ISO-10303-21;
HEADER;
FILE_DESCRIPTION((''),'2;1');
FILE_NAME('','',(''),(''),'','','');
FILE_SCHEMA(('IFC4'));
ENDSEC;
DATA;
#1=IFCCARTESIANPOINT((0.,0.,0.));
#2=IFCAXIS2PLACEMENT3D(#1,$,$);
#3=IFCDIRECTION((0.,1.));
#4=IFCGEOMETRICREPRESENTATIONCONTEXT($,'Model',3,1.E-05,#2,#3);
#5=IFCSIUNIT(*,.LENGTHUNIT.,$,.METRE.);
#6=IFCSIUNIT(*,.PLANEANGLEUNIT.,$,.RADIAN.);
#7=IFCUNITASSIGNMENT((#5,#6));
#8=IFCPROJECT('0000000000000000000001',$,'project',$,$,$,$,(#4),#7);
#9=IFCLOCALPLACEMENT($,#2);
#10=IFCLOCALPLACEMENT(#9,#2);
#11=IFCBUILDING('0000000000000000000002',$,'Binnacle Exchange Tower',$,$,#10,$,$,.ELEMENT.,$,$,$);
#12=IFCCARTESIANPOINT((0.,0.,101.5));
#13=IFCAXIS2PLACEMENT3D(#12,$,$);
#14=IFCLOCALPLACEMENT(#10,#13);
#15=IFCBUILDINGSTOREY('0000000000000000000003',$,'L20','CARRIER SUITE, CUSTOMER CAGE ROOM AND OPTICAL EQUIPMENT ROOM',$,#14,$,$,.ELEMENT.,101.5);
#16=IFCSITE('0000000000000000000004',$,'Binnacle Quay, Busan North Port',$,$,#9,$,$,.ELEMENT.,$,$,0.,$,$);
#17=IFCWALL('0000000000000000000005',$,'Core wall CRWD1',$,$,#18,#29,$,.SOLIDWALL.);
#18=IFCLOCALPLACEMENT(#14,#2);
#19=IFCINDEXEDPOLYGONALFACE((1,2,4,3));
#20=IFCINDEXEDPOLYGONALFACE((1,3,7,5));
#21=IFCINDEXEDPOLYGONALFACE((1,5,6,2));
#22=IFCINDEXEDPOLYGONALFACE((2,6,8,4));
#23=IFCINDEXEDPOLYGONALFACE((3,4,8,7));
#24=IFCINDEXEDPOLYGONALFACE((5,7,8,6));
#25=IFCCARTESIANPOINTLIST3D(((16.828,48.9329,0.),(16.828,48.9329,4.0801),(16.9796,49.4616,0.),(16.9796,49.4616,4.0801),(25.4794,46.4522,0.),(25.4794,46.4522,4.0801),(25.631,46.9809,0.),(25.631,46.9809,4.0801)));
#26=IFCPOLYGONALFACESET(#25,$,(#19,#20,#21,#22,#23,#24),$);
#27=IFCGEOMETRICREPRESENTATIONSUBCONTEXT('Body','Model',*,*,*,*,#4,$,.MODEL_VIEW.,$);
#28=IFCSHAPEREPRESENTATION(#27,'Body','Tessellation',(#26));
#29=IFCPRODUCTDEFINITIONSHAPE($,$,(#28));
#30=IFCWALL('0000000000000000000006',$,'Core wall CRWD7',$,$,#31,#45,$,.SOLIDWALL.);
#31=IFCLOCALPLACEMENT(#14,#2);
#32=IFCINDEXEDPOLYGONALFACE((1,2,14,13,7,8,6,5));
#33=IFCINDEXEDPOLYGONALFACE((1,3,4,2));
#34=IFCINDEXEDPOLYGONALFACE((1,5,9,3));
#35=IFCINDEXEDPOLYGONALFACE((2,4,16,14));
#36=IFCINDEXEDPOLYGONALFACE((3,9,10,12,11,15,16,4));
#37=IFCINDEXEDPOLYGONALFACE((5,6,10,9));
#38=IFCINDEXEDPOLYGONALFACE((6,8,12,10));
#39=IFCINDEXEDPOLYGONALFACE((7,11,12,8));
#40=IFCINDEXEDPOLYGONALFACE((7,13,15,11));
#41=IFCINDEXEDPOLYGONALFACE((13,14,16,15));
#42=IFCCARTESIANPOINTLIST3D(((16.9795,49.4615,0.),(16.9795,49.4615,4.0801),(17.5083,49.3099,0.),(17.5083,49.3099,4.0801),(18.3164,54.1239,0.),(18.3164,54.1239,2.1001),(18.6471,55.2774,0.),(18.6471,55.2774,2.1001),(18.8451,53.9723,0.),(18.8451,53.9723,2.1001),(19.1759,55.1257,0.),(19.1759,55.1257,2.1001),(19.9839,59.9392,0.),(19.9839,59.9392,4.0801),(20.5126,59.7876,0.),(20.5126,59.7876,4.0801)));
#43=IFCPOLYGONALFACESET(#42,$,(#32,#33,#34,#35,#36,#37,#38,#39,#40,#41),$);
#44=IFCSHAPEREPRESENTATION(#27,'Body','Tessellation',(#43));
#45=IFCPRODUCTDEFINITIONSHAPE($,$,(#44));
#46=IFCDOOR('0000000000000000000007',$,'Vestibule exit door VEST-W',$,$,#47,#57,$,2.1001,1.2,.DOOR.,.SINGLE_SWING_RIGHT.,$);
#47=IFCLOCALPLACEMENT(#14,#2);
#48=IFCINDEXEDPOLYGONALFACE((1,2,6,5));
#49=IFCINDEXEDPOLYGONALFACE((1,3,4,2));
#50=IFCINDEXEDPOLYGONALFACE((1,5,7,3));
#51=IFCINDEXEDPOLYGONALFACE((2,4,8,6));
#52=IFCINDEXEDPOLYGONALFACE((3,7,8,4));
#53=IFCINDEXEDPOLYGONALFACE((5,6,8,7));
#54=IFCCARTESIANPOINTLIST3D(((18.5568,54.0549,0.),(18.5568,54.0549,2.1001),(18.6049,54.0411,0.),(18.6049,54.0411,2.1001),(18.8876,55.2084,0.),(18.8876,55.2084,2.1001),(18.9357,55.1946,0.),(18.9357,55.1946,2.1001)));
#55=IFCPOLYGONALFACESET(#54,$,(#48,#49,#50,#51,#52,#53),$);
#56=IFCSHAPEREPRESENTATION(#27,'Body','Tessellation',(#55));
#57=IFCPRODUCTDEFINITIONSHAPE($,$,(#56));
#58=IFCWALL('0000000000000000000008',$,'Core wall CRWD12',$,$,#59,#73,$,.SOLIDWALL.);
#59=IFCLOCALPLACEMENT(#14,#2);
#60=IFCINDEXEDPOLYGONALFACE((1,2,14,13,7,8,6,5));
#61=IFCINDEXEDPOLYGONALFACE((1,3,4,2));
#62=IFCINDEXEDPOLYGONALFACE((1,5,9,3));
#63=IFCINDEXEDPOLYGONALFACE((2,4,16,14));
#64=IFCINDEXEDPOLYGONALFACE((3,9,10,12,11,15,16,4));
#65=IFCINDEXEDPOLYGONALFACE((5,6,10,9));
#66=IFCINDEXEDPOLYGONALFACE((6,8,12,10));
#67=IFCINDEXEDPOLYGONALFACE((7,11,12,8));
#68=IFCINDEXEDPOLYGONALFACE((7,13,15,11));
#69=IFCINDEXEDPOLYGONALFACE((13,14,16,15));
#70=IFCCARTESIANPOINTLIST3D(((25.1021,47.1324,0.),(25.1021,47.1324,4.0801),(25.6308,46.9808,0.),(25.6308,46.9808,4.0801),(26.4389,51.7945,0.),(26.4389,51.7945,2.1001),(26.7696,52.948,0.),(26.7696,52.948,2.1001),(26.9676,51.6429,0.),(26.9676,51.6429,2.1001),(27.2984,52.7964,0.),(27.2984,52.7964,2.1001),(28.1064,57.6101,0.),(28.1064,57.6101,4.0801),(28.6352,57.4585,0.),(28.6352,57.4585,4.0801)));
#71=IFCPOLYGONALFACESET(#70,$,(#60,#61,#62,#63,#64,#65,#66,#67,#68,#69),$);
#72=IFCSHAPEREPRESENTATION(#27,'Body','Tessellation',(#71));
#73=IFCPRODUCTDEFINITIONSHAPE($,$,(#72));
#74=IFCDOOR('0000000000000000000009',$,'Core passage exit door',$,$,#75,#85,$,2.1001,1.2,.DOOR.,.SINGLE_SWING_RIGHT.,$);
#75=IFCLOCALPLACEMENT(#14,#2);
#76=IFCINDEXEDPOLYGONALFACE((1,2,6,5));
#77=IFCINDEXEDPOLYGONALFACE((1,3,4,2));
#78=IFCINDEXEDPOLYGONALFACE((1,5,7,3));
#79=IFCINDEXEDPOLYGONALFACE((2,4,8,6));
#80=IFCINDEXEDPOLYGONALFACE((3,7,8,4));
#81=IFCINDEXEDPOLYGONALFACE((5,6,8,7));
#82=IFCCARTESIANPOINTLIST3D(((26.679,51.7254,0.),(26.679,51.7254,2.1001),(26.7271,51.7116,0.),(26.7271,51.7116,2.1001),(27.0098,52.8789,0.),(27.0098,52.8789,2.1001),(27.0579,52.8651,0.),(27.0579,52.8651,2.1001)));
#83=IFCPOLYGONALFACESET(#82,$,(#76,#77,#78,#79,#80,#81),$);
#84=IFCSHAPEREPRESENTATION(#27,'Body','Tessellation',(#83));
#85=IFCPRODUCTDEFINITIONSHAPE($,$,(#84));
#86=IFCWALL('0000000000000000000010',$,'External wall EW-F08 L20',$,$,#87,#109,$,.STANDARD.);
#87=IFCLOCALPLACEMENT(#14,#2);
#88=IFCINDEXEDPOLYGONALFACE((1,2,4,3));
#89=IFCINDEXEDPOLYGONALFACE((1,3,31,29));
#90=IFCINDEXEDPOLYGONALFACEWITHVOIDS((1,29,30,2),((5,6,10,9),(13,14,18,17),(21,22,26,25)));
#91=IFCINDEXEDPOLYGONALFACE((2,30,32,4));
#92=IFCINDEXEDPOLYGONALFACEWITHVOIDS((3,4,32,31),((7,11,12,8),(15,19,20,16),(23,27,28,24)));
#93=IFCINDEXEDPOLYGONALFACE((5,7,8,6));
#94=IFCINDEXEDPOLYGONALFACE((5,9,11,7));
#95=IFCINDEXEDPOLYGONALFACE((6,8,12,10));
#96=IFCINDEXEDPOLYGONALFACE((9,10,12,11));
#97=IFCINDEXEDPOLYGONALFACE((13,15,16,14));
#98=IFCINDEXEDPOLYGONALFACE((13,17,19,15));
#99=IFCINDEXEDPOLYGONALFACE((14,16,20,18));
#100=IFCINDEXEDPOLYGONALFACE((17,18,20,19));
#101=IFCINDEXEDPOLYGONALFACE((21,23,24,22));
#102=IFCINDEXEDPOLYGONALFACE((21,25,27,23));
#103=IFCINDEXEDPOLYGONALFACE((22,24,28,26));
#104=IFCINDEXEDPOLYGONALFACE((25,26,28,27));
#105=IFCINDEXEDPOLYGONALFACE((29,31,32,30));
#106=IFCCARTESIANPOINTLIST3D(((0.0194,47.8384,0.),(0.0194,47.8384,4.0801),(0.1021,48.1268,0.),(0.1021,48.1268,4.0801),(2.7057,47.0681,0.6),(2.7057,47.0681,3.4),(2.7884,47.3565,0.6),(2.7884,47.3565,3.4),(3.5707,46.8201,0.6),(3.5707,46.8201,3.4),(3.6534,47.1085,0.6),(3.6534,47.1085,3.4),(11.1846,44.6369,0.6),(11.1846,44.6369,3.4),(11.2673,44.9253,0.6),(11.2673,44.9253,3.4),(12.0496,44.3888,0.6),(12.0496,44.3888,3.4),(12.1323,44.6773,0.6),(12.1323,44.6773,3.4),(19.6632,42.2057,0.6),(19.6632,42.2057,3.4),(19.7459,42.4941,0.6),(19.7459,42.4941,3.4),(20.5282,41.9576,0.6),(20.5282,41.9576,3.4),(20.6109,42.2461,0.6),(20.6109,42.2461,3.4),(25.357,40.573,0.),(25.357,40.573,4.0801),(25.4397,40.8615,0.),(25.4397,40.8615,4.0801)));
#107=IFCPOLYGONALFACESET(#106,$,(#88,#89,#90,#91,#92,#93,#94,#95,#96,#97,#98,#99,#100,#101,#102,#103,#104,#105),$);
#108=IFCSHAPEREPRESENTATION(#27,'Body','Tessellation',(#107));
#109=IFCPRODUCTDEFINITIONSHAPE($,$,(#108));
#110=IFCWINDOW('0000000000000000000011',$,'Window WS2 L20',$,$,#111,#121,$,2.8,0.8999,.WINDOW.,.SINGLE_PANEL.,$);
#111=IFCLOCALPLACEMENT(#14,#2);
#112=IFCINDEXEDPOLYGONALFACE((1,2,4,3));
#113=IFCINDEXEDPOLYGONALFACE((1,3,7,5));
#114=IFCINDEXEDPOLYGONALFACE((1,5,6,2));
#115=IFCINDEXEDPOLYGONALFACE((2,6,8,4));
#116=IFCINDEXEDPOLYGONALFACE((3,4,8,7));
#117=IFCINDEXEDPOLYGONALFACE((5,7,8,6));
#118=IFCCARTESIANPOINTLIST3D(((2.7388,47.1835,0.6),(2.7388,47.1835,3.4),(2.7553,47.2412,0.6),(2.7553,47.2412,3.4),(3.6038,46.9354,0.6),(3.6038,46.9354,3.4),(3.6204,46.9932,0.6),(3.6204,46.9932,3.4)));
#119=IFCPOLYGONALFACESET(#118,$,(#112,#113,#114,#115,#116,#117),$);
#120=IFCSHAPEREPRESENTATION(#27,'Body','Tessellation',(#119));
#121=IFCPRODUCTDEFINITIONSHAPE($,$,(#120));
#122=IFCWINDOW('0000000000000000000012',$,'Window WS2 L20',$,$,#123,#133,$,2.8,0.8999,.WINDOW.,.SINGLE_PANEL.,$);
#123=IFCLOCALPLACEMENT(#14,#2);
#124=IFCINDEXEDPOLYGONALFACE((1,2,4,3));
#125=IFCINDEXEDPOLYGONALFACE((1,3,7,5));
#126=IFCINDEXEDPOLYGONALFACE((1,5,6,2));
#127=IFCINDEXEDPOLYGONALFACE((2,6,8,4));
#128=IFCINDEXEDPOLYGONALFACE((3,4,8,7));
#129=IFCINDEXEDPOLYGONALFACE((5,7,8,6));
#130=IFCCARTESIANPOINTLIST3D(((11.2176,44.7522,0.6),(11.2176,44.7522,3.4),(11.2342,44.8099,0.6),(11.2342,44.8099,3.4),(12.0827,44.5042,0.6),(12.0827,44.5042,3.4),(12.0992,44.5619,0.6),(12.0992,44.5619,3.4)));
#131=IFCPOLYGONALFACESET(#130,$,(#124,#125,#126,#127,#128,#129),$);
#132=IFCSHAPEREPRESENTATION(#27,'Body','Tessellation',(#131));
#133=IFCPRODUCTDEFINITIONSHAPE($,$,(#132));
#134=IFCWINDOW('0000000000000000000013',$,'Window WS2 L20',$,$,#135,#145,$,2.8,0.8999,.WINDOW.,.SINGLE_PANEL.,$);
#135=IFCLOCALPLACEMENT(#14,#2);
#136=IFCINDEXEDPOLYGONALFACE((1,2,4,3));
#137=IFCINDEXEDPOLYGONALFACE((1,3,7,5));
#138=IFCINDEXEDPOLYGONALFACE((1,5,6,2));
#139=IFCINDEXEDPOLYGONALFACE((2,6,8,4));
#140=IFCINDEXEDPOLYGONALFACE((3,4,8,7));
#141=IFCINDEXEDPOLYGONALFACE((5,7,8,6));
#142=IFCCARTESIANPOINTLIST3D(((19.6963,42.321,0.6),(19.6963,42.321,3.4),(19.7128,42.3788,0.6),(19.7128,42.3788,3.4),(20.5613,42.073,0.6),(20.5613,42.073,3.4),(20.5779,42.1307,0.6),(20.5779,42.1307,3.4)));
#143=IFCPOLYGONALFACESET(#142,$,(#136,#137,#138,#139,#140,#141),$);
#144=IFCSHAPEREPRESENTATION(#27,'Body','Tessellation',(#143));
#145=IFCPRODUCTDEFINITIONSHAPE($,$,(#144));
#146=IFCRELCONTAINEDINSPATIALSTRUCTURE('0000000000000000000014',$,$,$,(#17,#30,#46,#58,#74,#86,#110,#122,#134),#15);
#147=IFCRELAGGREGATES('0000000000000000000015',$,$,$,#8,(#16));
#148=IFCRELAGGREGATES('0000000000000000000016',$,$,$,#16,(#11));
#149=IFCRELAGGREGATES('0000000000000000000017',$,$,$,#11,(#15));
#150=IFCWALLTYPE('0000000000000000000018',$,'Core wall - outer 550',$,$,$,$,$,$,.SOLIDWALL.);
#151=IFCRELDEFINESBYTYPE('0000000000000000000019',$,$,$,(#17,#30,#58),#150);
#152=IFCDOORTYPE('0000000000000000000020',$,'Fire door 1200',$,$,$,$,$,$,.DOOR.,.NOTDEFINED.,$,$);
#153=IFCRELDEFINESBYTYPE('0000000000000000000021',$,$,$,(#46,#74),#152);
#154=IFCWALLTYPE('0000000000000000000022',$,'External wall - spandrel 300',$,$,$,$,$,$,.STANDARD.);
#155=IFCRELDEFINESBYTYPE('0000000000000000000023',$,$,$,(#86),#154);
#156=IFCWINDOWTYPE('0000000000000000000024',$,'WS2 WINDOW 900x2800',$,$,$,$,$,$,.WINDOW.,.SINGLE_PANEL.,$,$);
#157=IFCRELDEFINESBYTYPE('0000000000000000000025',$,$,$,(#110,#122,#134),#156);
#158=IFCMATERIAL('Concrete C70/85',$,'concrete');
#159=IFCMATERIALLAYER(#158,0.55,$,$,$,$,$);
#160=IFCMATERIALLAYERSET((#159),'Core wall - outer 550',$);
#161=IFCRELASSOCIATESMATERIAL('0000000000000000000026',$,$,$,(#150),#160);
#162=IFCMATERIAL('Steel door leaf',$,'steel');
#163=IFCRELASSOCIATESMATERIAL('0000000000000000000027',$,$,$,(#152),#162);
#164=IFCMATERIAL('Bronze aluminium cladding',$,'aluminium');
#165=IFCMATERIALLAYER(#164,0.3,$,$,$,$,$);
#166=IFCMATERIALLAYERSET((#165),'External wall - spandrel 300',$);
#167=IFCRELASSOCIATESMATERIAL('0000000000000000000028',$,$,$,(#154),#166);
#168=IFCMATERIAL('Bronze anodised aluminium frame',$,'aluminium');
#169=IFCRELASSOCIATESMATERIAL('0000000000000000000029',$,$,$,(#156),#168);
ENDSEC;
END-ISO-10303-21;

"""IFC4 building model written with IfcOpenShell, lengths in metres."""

from ifc_helpers import new_model, si_unit, direction, frame, frame_2d, origin, place, context, subcontext, project, spatial, rectangle, extrude, material, layer, layer_set, type_object, element, fill, save


model = new_model("IFC4")

# Units and contexts
model_context = context("Model", 3, precision=1e-05, world=origin(), true_north=direction((0.0, 1.0)))
body_context = subcontext(model_context, "Body", "Model", "MODEL_VIEW")
ifc_project = project(units=[si_unit("LENGTHUNIT", "METRE"), si_unit("PLANEANGLEUNIT", "RADIAN")], contexts=[model_context])

# Site, building, storey
site_placement = place(None, origin())
site = spatial("IfcSite", under=ifc_project, at=site_placement, Name="Binnacle Quay, Busan North Port", CompositionType="ELEMENT", RefElevation=0.0)
building_placement = place(site_placement, origin())
building = spatial("IfcBuilding", under=site, at=building_placement, Name="Binnacle Exchange Tower", CompositionType="ELEMENT")
storey_placement = place(building_placement, frame((0.0, 0.0, 101.5)))
storey = spatial("IfcBuildingStorey", under=building, at=storey_placement, Name="L20", Description="CARRIER SUITE, CUSTOMER CAGE ROOM AND OPTICAL EQUIPMENT ROOM", CompositionType="ELEMENT", Elevation=101.5)

# Shared definitions
ifc_material_1 = material(Name="Concrete C70/85", Category="concrete")

# Wall
ifc_layer_1 = layer(ifc_material_1, 0.55)
ifc_layer_set_1 = layer_set([ifc_layer_1], Name="Core wall - outer 550")
wall_type_1 = type_object("IfcWallType", Name="Core wall - outer 550", PredefinedType="SOLIDWALL", material=ifc_layer_set_1)
wall_1_placement = place(storey_placement, frame((16.9038, 49.1973, 0.0), z_axis=(0.0, 0.0, 1.0), x_axis=(0.961262, -0.275635, 0.0)))
element("IfcWall", 1, at=wall_1_placement, inside=storey, type_object=wall_type_1, Name="Core wall CRWD1", PredefinedType="SOLIDWALL", context=body_context, shape_type="SweptSolid", body=[
    extrude(rectangle(XDim=9.0, YDim=0.55, at=frame_2d((4.5, 0.0))), origin(), (0.0, 0.0, 1.0), 4.0801),
])

# Walls, openings, doors
wall_2_placement = place(storey_placement, frame((17.2439, 49.3857, 0.0), z_axis=(0.0, 0.0, 1.0), x_axis=(0.275632, 0.961263, 0.0)))
wall_2 = element("IfcWall", 2, at=wall_2_placement, inside=storey, type_object=wall_type_1, Name="Core wall CRWD7", PredefinedType="SOLIDWALL", context=body_context, shape_type="SweptSolid", body=[
    extrude(rectangle(XDim=10.8999, YDim=0.55, at=frame_2d((5.45, 0.0))), origin(), (0.0, 0.0, 1.0), 4.0801),
])
opening_1_placement = place(wall_2_placement, frame((4.8501, 0.0, 0.0)))
opening_1 = element("IfcOpeningElement", 3, at=opening_1_placement, cuts=wall_2, PredefinedType="OPENING", context=body_context, shape_type="SweptSolid", body=[
    extrude(rectangle(XDim=1.2, YDim=2.1001, at=frame_2d((0.6001, 1.05))), frame((0.0, 0.2849, 0.0), z_axis=(0.0, -1.0, 0.0), x_axis=(1.0, 0.0, 0.0)), (0.0, 0.0, 1.0), 0.5701),
])
ifc_material_2 = material(Name="Steel door leaf", Category="steel")
door_type_1 = type_object("IfcDoorType", Name="Fire door 1200", OperationType="NOTDEFINED", PredefinedType="DOOR", material=ifc_material_2)
door_1_placement = place(opening_1_placement, origin())
door_1 = element("IfcDoor", 4, at=door_1_placement, inside=storey, type_object=door_type_1, Name="Vestibule exit door VEST-W", OperationType="SINGLE_SWING_RIGHT", OverallHeight=2.1001, OverallWidth=1.2, PredefinedType="DOOR", context=body_context, shape_type="SweptSolid", body=[
    extrude(rectangle(XDim=1.2, YDim=2.1001, at=frame_2d((0.6001, 1.05))), frame((0.0, 0.0249, 0.0), z_axis=(0.0, -1.0, 0.0), x_axis=(1.0, 0.0, 0.0)), (0.0, 0.0, 1.0), 0.05),
])
fill(opening_1, door_1)
wall_3_placement = place(storey_placement, frame((25.3665, 47.0566, 0.0), z_axis=(0.0, 0.0, 1.0), x_axis=(0.275632, 0.961263, 0.0)))
wall_3 = element("IfcWall", 5, at=wall_3_placement, inside=storey, type_object=wall_type_1, Name="Core wall CRWD12", PredefinedType="SOLIDWALL", context=body_context, shape_type="SweptSolid", body=[
    extrude(rectangle(XDim=10.8999, YDim=0.55, at=frame_2d((5.45, 0.0))), origin(), (0.0, 0.0, 1.0), 4.0801),
])
opening_2_placement = place(wall_3_placement, frame((4.8499, 0.0, 0.0)))
opening_2 = element("IfcOpeningElement", 6, at=opening_2_placement, cuts=wall_3, PredefinedType="OPENING", context=body_context, shape_type="SweptSolid", body=[
    extrude(rectangle(XDim=1.2, YDim=2.1001, at=frame_2d((0.6001, 1.05))), frame((0.0, 0.2849, 0.0), z_axis=(0.0, -1.0, 0.0), x_axis=(1.0, 0.0, 0.0)), (0.0, 0.0, 1.0), 0.5701),
])
door_2_placement = place(opening_2_placement, frame((1.2, 0.0, 0.0), z_axis=(0.0, 0.0, 1.0), x_axis=(-1.0, 0.0, 0.0)))
door_2 = element("IfcDoor", 7, at=door_2_placement, inside=storey, type_object=door_type_1, Name="Core passage exit door", OperationType="SINGLE_SWING_RIGHT", OverallHeight=2.1001, OverallWidth=1.2, PredefinedType="DOOR", context=body_context, shape_type="SweptSolid", body=[
    extrude(rectangle(XDim=1.2, YDim=2.1001, at=frame_2d((0.6001, 1.05))), frame((0.0, 0.0249, 0.0), z_axis=(0.0, -1.0, 0.0), x_axis=(1.0, 0.0, 0.0)), (0.0, 0.0, 1.0), 0.05),
])
fill(opening_2, door_2)

# Wall, openings, windows
ifc_material_3 = material(Name="Bronze aluminium cladding", Category="aluminium")
ifc_layer_2 = layer(ifc_material_3, 0.3)
ifc_layer_set_2 = layer_set([ifc_layer_2], Name="External wall - spandrel 300")
wall_type_2 = type_object("IfcWallType", Name="External wall - spandrel 300", PredefinedType="STANDARD", material=ifc_layer_set_2)
wall_4_placement = place(storey_placement, frame((25.3982, 40.7173, 0.0), z_axis=(0.0, 0.0, 1.0), x_axis=(-0.961262, 0.275635, 0.0)))
wall_4 = element("IfcWall", 8, at=wall_4_placement, inside=storey, type_object=wall_type_2, Name="External wall EW-F08 L20", PredefinedType="STANDARD", context=body_context, shape_type="SweptSolid", body=[
    extrude(rectangle(XDim=26.3586, YDim=0.3, at=frame_2d((13.1792, 0.0))), origin(), (0.0, 0.0, 1.0), 4.0801),
])
opening_3_placement = place(wall_4_placement, frame((22.6641, 0.0, 0.6001)))
opening_3 = element("IfcOpeningElement", 9, at=opening_3_placement, cuts=wall_4, PredefinedType="OPENING", context=body_context, shape_type="SweptSolid", body=[
    extrude(rectangle(XDim=0.8999, YDim=2.8, at=frame_2d((0.45, 1.3999))), frame((0.0, 0.1599, 0.0), z_axis=(0.0, -1.0, 0.0), x_axis=(1.0, 0.0, 0.0)), (0.0, 0.0, 1.0), 0.3201),
])
opening_4_placement = place(wall_4_placement, frame((13.8435, 0.0, 0.6001)))
opening_4 = element("IfcOpeningElement", 10, at=opening_4_placement, cuts=wall_4, PredefinedType="OPENING", context=body_context, shape_type="SweptSolid", body=[
    extrude(rectangle(XDim=0.8999, YDim=2.8, at=frame_2d((0.45, 1.3999))), frame((0.0, 0.1599, 0.0), z_axis=(0.0, -1.0, 0.0), x_axis=(1.0, 0.0, 0.0)), (0.0, 0.0, 1.0), 0.3201),
])
opening_5_placement = place(wall_4_placement, frame((5.0232, 0.0, 0.6001)))
opening_5 = element("IfcOpeningElement", 11, at=opening_5_placement, cuts=wall_4, PredefinedType="OPENING", context=body_context, shape_type="SweptSolid", body=[
    extrude(rectangle(XDim=0.8999, YDim=2.8, at=frame_2d((0.45, 1.3999))), frame((0.0, 0.1599, 0.0), z_axis=(0.0, -1.0, 0.0), x_axis=(1.0, 0.0, 0.0)), (0.0, 0.0, 1.0), 0.3201),
])
ifc_material_4 = material(Name="Bronze anodised aluminium frame", Category="aluminium")
window_type = type_object("IfcWindowType", Name="WS2 WINDOW 900x2800", PartitioningType="SINGLE_PANEL", PredefinedType="WINDOW", material=ifc_material_4)
window_1_placement = place(opening_3_placement, origin())
window_1 = element("IfcWindow", 12, at=window_1_placement, inside=storey, type_object=window_type, Name="Window WS2 L20", OverallHeight=2.8, OverallWidth=0.8999, PartitioningType="SINGLE_PANEL", PredefinedType="WINDOW", context=body_context, shape_type="SweptSolid", body=[
    extrude(rectangle(XDim=0.8999, YDim=2.8, at=frame_2d((0.45, 1.3999))), frame((0.0, 0.03, 0.0), z_axis=(0.0, -1.0, 0.0), x_axis=(1.0, 0.0, 0.0)), (0.0, 0.0, 1.0), 0.0601),
])
fill(opening_3, window_1)
window_2_placement = place(opening_4_placement, origin())
window_2 = element("IfcWindow", 13, at=window_2_placement, inside=storey, type_object=window_type, Name="Window WS2 L20", OverallHeight=2.8, OverallWidth=0.8999, PartitioningType="SINGLE_PANEL", PredefinedType="WINDOW", context=body_context, shape_type="SweptSolid", body=[
    extrude(rectangle(XDim=0.8999, YDim=2.8, at=frame_2d((0.45, 1.3999))), frame((0.0, 0.03, 0.0), z_axis=(0.0, -1.0, 0.0), x_axis=(1.0, 0.0, 0.0)), (0.0, 0.0, 1.0), 0.0601),
])
fill(opening_4, window_2)
window_3_placement = place(opening_5_placement, origin())
window_3 = element("IfcWindow", 14, at=window_3_placement, inside=storey, type_object=window_type, Name="Window WS2 L20", OverallHeight=2.8, OverallWidth=0.8999, PartitioningType="SINGLE_PANEL", PredefinedType="WINDOW", context=body_context, shape_type="SweptSolid", body=[
    extrude(rectangle(XDim=0.8999, YDim=2.8, at=frame_2d((0.45, 1.3999))), frame((0.0, 0.03, 0.0), z_axis=(0.0, -1.0, 0.0), x_axis=(1.0, 0.0, 0.0)), (0.0, 0.0, 1.0), 0.0601),
])
fill(opening_5, window_3)

save(model, "model.ifc")
